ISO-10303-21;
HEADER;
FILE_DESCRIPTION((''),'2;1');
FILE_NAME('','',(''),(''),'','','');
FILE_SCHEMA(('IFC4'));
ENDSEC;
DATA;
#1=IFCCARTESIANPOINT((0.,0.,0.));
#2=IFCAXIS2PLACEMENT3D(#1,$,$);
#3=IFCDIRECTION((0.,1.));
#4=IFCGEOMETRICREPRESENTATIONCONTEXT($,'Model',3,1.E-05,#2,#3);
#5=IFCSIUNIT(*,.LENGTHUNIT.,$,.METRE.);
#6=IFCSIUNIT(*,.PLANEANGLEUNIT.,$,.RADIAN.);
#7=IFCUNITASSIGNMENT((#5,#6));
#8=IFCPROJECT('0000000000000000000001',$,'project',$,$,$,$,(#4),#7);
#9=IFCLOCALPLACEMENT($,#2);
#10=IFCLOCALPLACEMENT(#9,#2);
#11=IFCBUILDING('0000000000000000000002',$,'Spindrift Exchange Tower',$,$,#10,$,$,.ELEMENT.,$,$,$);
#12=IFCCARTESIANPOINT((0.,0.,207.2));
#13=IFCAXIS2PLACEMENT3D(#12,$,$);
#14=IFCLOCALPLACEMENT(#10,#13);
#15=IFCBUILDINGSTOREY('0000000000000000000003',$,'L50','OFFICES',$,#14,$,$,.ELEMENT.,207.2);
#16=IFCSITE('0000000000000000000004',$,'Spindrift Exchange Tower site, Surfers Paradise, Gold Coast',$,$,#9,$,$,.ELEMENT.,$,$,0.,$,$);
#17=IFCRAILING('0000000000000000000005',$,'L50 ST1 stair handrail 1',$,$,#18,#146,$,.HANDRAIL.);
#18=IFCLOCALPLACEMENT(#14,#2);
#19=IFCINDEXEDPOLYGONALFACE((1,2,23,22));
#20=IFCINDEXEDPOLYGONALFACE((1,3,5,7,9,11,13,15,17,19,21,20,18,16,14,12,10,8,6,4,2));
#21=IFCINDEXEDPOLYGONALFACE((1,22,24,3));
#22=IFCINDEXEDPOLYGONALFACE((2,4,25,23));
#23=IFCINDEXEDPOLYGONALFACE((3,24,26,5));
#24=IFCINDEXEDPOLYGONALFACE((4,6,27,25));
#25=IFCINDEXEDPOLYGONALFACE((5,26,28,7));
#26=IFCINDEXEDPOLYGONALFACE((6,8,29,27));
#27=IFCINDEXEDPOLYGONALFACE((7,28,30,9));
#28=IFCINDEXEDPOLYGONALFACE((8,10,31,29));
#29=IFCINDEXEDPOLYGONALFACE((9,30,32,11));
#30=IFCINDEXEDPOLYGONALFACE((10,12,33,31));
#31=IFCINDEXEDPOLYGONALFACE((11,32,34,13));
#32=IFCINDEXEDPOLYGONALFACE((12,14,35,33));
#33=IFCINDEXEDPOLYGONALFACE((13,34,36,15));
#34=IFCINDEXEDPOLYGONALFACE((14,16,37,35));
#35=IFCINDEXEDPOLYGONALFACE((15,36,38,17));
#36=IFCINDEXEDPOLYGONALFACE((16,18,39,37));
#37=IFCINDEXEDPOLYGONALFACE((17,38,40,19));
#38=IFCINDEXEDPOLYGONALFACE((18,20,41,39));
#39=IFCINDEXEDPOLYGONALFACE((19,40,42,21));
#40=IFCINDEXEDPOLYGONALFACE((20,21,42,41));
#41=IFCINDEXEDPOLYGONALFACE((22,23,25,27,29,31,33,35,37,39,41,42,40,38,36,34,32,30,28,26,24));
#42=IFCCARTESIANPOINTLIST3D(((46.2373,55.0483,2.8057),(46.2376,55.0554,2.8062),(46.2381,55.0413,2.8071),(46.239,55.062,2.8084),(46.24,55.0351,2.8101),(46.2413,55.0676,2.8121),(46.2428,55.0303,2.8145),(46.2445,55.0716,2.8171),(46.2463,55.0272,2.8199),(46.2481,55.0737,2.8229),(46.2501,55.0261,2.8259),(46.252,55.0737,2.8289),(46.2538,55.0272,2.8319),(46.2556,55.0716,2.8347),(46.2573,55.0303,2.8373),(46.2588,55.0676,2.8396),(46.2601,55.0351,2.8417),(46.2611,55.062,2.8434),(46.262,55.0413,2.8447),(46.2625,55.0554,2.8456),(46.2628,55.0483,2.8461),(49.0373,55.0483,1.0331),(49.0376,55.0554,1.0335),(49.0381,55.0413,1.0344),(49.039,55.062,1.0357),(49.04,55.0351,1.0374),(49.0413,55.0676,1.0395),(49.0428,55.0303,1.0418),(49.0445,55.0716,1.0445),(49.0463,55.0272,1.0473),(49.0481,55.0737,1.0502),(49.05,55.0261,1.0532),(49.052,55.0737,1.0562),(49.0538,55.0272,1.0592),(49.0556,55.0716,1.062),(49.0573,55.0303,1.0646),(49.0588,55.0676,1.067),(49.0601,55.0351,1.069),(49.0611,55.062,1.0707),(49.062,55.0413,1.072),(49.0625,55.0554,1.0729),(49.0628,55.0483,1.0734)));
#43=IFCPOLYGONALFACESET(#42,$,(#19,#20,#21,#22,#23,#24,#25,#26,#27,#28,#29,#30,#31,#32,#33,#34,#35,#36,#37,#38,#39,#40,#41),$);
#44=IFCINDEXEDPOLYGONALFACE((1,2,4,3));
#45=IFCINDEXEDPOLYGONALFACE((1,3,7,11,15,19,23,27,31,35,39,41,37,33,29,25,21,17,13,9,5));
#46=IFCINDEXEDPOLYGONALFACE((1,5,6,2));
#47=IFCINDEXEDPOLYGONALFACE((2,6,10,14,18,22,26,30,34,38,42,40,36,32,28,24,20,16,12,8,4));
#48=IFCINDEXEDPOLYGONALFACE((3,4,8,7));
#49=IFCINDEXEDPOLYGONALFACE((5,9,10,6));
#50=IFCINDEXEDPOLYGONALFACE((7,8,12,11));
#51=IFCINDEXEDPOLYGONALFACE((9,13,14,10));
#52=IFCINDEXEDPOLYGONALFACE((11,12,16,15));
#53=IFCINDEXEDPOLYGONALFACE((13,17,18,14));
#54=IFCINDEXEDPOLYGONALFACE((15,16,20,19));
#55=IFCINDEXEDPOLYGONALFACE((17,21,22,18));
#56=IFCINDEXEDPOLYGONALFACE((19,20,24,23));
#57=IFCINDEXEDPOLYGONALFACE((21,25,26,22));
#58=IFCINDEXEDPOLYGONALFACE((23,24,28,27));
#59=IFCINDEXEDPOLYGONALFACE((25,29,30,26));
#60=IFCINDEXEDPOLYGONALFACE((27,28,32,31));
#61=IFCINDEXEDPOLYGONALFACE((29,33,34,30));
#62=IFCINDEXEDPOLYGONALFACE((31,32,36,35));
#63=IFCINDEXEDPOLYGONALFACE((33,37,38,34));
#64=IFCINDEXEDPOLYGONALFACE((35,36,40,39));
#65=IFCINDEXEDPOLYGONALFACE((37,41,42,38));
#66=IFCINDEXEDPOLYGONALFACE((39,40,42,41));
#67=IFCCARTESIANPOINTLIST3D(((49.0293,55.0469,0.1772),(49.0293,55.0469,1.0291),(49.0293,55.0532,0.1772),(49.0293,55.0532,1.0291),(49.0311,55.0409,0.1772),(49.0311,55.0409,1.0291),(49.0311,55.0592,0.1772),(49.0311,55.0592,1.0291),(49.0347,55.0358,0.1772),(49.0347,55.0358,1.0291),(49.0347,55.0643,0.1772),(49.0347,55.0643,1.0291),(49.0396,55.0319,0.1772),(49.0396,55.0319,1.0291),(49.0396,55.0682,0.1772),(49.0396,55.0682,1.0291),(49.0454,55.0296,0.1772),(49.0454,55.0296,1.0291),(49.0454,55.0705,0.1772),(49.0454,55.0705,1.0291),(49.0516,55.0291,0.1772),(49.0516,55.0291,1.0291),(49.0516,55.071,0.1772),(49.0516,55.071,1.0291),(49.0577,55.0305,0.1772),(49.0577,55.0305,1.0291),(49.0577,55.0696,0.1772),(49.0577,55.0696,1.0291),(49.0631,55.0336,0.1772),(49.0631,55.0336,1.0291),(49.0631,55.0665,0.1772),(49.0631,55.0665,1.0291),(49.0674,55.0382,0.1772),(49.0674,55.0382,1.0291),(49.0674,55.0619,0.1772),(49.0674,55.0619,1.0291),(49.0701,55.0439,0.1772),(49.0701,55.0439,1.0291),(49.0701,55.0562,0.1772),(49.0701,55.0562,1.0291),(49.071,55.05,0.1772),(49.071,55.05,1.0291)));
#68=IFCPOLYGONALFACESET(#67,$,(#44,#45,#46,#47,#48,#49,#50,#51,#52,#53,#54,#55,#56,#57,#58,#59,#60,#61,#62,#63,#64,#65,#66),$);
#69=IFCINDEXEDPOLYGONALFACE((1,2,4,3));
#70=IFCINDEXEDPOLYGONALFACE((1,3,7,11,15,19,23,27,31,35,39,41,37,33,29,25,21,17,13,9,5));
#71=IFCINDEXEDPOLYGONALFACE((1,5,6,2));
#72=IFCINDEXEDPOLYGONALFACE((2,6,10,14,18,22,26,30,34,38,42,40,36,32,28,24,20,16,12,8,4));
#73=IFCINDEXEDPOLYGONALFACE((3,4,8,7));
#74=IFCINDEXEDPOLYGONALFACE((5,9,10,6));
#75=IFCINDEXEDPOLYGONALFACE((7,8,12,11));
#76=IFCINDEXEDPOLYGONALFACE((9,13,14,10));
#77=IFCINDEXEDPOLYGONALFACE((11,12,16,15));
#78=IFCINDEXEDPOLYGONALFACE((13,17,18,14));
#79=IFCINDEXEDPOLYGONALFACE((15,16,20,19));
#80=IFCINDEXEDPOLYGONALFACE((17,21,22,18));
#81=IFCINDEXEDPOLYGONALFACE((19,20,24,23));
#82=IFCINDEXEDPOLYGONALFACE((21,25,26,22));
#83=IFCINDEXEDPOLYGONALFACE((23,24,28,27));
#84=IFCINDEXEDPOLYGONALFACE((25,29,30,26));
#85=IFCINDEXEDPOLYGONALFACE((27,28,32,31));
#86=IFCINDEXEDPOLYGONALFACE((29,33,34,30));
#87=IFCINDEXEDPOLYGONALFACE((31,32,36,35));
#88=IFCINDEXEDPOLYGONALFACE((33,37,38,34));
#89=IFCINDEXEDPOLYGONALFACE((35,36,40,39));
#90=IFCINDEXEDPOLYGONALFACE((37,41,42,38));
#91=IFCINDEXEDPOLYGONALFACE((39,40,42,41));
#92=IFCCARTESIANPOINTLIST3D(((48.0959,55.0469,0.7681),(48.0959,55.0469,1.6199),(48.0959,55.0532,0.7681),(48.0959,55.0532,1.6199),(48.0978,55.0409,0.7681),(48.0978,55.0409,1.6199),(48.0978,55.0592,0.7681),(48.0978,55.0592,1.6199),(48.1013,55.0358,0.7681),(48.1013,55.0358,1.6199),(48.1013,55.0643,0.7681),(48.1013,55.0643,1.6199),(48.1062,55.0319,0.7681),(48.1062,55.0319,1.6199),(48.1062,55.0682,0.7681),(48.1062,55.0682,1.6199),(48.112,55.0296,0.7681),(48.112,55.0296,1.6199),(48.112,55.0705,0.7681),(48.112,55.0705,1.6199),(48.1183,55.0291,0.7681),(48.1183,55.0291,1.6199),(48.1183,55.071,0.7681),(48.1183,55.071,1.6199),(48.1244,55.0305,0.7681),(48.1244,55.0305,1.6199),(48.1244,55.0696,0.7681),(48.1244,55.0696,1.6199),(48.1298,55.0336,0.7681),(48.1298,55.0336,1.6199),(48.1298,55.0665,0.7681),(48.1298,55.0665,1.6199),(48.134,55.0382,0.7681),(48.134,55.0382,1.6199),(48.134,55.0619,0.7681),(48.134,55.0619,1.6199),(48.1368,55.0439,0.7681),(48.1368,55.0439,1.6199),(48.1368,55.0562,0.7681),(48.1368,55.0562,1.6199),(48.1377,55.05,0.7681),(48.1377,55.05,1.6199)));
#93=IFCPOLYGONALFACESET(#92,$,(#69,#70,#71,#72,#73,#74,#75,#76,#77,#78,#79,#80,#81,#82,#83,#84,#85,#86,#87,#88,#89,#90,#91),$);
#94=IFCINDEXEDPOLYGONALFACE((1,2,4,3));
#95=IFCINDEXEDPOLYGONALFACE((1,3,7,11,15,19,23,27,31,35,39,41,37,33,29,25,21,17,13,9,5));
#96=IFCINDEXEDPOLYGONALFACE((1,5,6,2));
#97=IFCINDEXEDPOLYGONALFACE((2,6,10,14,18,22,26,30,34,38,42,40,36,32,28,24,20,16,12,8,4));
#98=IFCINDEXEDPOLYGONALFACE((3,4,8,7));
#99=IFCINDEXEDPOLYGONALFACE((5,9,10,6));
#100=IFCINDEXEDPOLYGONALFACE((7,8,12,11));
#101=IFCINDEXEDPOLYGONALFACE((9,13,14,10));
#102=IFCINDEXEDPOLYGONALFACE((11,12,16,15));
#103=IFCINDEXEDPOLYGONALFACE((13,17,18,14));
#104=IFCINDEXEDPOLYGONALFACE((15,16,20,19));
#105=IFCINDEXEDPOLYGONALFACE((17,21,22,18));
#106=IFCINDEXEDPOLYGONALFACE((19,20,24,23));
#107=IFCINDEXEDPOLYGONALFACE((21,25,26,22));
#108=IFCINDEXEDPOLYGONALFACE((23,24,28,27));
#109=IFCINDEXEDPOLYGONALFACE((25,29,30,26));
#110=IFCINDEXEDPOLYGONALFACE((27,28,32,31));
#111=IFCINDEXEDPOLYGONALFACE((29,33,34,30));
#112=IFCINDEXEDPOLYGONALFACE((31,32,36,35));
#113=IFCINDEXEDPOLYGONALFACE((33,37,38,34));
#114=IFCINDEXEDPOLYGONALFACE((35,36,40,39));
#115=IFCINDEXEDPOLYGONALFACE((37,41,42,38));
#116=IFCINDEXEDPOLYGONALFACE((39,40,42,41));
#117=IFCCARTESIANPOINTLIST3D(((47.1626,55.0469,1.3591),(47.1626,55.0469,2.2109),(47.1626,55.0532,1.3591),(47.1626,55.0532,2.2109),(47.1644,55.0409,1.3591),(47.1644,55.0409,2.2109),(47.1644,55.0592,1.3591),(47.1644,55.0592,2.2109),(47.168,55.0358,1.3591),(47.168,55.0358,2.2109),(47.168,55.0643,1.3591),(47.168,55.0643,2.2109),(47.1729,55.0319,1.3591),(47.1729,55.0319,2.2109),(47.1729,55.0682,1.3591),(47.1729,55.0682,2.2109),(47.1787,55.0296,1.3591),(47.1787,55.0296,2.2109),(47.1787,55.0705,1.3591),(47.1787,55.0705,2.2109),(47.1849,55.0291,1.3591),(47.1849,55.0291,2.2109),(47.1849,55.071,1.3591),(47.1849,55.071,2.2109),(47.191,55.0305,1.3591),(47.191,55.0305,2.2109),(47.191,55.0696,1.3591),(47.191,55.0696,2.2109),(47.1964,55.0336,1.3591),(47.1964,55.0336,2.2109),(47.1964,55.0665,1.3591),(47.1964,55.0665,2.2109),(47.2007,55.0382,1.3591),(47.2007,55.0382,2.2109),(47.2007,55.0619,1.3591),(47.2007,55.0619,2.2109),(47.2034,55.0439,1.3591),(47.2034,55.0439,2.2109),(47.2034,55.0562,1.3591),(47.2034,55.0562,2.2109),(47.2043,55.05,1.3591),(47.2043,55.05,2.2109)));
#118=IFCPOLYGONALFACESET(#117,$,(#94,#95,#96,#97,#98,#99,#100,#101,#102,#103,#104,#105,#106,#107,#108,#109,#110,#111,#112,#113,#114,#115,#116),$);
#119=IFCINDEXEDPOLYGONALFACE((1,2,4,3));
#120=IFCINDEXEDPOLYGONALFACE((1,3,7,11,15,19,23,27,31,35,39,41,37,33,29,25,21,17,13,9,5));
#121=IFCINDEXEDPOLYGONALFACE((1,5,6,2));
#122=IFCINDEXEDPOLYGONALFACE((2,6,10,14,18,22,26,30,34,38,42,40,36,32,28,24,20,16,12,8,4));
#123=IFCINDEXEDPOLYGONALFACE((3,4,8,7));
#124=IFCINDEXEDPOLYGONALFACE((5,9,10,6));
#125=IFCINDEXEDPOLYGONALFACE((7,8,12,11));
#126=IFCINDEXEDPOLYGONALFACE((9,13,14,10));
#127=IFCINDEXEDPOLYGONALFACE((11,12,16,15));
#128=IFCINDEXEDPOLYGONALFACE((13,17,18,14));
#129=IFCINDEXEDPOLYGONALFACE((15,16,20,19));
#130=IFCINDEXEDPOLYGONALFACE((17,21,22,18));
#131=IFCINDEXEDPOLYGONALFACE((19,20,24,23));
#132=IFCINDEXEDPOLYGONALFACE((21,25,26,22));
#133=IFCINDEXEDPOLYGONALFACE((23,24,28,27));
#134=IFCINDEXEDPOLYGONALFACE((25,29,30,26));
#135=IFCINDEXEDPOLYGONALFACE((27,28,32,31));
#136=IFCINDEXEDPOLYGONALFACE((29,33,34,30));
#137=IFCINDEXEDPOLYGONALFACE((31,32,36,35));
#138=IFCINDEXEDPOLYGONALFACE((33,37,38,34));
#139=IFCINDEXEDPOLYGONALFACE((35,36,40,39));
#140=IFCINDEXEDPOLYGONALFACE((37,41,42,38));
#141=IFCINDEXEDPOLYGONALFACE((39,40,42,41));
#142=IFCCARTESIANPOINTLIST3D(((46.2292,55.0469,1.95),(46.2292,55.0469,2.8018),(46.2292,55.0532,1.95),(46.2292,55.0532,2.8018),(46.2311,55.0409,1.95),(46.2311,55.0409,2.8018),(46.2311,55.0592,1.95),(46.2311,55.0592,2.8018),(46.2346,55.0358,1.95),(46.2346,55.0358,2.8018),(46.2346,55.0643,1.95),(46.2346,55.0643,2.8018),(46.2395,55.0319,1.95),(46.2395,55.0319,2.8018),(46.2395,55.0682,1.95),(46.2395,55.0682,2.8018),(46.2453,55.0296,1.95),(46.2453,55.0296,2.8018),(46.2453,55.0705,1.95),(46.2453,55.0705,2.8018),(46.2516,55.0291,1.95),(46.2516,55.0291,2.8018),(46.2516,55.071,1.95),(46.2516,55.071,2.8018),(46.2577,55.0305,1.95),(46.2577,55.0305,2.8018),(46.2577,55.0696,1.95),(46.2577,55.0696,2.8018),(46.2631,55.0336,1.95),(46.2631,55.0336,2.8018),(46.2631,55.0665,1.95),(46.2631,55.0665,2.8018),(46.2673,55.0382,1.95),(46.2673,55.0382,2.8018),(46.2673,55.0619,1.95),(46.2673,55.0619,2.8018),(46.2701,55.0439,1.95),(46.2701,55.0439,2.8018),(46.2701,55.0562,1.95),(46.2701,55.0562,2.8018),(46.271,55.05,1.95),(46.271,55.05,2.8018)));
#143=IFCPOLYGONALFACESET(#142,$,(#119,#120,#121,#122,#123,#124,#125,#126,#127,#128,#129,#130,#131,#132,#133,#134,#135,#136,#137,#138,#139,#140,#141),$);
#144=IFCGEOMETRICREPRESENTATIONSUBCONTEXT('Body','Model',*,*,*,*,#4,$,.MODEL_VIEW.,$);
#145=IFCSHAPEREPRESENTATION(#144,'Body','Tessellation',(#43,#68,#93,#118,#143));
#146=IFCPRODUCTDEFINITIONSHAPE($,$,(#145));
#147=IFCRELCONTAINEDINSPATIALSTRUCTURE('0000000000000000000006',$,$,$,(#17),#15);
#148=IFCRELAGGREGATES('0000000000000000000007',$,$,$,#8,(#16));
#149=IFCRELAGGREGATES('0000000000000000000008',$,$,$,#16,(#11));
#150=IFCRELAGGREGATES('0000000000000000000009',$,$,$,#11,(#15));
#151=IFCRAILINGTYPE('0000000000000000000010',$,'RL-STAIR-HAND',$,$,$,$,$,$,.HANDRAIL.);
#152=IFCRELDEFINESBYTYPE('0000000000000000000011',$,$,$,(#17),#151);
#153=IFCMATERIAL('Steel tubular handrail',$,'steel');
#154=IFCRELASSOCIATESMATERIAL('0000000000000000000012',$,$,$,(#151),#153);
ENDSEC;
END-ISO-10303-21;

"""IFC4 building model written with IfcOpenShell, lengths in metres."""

from ifc_helpers import new_model, si_unit, direction, frame, origin, origin_2d, place, context, subcontext, project, spatial, circle, extrude, material, type_object, element, save


model = new_model("IFC4")

# Units and contexts
model_context = context("Model", 3, precision=1e-05, world=origin(), true_north=direction((0.0, 1.0)))
body_context = subcontext(model_context, "Body", "Model", "MODEL_VIEW")
ifc_project = project(units=[si_unit("LENGTHUNIT", "METRE"), si_unit("PLANEANGLEUNIT", "RADIAN")], contexts=[model_context])

# Site, building, storey
site_placement = place(None, origin())
site = spatial("IfcSite", under=ifc_project, at=site_placement, Name="Spindrift Exchange Tower site, Surfers Paradise, Gold Coast", CompositionType="ELEMENT", RefElevation=0.0)
building_placement = place(site_placement, origin())
building = spatial("IfcBuilding", under=site, at=building_placement, Name="Spindrift Exchange Tower", CompositionType="ELEMENT")
storey_placement = place(building_placement, frame((0.0, 0.0, 207.2)))
storey = spatial("IfcBuildingStorey", under=building, at=storey_placement, Name="L50", Description="OFFICES", CompositionType="ELEMENT", Elevation=207.2)

# Railing
ifc_material_1 = material(Name="Steel tubular handrail", Category="steel")
railing_type_1 = type_object("IfcRailingType", Name="RL-STAIR-HAND", PredefinedType="HANDRAIL", material=ifc_material_1)
railing_1_placement = place(storey_placement, frame((49.05, 55.05, 0.1772)))
element("IfcRailing", 1, at=railing_1_placement, inside=storey, type_object=railing_type_1, Name="L50 ST1 stair handrail 1", PredefinedType="HANDRAIL", context=body_context, shape_type="SweptSolid", body=[
    extrude(circle(Radius=0.0239, at=origin_2d()), frame((0.0, 0.0, 0.876), z_axis=(-0.844909, 0.0, 0.53491), x_axis=(0.0, -1.0, 0.0)), (0.0, 0.0, 1.0), 3.314),
    extrude(circle(Radius=0.021, at=origin_2d()), origin(), (0.0, 0.0, 1.0), 0.8518),
    extrude(circle(Radius=0.021, at=origin_2d()), frame((-0.9333, 0.0, 0.5908)), (0.0, 0.0, 1.0), 0.8518),
    extrude(circle(Radius=0.021, at=origin_2d()), frame((-1.8667, 0.0, 1.1819)), (0.0, 0.0, 1.0), 0.8518),
    extrude(circle(Radius=0.021, at=origin_2d()), frame((-2.8, 0.0, 1.7727)), (0.0, 0.0, 1.0), 0.8518),
])

save(model, "model.ifc")
